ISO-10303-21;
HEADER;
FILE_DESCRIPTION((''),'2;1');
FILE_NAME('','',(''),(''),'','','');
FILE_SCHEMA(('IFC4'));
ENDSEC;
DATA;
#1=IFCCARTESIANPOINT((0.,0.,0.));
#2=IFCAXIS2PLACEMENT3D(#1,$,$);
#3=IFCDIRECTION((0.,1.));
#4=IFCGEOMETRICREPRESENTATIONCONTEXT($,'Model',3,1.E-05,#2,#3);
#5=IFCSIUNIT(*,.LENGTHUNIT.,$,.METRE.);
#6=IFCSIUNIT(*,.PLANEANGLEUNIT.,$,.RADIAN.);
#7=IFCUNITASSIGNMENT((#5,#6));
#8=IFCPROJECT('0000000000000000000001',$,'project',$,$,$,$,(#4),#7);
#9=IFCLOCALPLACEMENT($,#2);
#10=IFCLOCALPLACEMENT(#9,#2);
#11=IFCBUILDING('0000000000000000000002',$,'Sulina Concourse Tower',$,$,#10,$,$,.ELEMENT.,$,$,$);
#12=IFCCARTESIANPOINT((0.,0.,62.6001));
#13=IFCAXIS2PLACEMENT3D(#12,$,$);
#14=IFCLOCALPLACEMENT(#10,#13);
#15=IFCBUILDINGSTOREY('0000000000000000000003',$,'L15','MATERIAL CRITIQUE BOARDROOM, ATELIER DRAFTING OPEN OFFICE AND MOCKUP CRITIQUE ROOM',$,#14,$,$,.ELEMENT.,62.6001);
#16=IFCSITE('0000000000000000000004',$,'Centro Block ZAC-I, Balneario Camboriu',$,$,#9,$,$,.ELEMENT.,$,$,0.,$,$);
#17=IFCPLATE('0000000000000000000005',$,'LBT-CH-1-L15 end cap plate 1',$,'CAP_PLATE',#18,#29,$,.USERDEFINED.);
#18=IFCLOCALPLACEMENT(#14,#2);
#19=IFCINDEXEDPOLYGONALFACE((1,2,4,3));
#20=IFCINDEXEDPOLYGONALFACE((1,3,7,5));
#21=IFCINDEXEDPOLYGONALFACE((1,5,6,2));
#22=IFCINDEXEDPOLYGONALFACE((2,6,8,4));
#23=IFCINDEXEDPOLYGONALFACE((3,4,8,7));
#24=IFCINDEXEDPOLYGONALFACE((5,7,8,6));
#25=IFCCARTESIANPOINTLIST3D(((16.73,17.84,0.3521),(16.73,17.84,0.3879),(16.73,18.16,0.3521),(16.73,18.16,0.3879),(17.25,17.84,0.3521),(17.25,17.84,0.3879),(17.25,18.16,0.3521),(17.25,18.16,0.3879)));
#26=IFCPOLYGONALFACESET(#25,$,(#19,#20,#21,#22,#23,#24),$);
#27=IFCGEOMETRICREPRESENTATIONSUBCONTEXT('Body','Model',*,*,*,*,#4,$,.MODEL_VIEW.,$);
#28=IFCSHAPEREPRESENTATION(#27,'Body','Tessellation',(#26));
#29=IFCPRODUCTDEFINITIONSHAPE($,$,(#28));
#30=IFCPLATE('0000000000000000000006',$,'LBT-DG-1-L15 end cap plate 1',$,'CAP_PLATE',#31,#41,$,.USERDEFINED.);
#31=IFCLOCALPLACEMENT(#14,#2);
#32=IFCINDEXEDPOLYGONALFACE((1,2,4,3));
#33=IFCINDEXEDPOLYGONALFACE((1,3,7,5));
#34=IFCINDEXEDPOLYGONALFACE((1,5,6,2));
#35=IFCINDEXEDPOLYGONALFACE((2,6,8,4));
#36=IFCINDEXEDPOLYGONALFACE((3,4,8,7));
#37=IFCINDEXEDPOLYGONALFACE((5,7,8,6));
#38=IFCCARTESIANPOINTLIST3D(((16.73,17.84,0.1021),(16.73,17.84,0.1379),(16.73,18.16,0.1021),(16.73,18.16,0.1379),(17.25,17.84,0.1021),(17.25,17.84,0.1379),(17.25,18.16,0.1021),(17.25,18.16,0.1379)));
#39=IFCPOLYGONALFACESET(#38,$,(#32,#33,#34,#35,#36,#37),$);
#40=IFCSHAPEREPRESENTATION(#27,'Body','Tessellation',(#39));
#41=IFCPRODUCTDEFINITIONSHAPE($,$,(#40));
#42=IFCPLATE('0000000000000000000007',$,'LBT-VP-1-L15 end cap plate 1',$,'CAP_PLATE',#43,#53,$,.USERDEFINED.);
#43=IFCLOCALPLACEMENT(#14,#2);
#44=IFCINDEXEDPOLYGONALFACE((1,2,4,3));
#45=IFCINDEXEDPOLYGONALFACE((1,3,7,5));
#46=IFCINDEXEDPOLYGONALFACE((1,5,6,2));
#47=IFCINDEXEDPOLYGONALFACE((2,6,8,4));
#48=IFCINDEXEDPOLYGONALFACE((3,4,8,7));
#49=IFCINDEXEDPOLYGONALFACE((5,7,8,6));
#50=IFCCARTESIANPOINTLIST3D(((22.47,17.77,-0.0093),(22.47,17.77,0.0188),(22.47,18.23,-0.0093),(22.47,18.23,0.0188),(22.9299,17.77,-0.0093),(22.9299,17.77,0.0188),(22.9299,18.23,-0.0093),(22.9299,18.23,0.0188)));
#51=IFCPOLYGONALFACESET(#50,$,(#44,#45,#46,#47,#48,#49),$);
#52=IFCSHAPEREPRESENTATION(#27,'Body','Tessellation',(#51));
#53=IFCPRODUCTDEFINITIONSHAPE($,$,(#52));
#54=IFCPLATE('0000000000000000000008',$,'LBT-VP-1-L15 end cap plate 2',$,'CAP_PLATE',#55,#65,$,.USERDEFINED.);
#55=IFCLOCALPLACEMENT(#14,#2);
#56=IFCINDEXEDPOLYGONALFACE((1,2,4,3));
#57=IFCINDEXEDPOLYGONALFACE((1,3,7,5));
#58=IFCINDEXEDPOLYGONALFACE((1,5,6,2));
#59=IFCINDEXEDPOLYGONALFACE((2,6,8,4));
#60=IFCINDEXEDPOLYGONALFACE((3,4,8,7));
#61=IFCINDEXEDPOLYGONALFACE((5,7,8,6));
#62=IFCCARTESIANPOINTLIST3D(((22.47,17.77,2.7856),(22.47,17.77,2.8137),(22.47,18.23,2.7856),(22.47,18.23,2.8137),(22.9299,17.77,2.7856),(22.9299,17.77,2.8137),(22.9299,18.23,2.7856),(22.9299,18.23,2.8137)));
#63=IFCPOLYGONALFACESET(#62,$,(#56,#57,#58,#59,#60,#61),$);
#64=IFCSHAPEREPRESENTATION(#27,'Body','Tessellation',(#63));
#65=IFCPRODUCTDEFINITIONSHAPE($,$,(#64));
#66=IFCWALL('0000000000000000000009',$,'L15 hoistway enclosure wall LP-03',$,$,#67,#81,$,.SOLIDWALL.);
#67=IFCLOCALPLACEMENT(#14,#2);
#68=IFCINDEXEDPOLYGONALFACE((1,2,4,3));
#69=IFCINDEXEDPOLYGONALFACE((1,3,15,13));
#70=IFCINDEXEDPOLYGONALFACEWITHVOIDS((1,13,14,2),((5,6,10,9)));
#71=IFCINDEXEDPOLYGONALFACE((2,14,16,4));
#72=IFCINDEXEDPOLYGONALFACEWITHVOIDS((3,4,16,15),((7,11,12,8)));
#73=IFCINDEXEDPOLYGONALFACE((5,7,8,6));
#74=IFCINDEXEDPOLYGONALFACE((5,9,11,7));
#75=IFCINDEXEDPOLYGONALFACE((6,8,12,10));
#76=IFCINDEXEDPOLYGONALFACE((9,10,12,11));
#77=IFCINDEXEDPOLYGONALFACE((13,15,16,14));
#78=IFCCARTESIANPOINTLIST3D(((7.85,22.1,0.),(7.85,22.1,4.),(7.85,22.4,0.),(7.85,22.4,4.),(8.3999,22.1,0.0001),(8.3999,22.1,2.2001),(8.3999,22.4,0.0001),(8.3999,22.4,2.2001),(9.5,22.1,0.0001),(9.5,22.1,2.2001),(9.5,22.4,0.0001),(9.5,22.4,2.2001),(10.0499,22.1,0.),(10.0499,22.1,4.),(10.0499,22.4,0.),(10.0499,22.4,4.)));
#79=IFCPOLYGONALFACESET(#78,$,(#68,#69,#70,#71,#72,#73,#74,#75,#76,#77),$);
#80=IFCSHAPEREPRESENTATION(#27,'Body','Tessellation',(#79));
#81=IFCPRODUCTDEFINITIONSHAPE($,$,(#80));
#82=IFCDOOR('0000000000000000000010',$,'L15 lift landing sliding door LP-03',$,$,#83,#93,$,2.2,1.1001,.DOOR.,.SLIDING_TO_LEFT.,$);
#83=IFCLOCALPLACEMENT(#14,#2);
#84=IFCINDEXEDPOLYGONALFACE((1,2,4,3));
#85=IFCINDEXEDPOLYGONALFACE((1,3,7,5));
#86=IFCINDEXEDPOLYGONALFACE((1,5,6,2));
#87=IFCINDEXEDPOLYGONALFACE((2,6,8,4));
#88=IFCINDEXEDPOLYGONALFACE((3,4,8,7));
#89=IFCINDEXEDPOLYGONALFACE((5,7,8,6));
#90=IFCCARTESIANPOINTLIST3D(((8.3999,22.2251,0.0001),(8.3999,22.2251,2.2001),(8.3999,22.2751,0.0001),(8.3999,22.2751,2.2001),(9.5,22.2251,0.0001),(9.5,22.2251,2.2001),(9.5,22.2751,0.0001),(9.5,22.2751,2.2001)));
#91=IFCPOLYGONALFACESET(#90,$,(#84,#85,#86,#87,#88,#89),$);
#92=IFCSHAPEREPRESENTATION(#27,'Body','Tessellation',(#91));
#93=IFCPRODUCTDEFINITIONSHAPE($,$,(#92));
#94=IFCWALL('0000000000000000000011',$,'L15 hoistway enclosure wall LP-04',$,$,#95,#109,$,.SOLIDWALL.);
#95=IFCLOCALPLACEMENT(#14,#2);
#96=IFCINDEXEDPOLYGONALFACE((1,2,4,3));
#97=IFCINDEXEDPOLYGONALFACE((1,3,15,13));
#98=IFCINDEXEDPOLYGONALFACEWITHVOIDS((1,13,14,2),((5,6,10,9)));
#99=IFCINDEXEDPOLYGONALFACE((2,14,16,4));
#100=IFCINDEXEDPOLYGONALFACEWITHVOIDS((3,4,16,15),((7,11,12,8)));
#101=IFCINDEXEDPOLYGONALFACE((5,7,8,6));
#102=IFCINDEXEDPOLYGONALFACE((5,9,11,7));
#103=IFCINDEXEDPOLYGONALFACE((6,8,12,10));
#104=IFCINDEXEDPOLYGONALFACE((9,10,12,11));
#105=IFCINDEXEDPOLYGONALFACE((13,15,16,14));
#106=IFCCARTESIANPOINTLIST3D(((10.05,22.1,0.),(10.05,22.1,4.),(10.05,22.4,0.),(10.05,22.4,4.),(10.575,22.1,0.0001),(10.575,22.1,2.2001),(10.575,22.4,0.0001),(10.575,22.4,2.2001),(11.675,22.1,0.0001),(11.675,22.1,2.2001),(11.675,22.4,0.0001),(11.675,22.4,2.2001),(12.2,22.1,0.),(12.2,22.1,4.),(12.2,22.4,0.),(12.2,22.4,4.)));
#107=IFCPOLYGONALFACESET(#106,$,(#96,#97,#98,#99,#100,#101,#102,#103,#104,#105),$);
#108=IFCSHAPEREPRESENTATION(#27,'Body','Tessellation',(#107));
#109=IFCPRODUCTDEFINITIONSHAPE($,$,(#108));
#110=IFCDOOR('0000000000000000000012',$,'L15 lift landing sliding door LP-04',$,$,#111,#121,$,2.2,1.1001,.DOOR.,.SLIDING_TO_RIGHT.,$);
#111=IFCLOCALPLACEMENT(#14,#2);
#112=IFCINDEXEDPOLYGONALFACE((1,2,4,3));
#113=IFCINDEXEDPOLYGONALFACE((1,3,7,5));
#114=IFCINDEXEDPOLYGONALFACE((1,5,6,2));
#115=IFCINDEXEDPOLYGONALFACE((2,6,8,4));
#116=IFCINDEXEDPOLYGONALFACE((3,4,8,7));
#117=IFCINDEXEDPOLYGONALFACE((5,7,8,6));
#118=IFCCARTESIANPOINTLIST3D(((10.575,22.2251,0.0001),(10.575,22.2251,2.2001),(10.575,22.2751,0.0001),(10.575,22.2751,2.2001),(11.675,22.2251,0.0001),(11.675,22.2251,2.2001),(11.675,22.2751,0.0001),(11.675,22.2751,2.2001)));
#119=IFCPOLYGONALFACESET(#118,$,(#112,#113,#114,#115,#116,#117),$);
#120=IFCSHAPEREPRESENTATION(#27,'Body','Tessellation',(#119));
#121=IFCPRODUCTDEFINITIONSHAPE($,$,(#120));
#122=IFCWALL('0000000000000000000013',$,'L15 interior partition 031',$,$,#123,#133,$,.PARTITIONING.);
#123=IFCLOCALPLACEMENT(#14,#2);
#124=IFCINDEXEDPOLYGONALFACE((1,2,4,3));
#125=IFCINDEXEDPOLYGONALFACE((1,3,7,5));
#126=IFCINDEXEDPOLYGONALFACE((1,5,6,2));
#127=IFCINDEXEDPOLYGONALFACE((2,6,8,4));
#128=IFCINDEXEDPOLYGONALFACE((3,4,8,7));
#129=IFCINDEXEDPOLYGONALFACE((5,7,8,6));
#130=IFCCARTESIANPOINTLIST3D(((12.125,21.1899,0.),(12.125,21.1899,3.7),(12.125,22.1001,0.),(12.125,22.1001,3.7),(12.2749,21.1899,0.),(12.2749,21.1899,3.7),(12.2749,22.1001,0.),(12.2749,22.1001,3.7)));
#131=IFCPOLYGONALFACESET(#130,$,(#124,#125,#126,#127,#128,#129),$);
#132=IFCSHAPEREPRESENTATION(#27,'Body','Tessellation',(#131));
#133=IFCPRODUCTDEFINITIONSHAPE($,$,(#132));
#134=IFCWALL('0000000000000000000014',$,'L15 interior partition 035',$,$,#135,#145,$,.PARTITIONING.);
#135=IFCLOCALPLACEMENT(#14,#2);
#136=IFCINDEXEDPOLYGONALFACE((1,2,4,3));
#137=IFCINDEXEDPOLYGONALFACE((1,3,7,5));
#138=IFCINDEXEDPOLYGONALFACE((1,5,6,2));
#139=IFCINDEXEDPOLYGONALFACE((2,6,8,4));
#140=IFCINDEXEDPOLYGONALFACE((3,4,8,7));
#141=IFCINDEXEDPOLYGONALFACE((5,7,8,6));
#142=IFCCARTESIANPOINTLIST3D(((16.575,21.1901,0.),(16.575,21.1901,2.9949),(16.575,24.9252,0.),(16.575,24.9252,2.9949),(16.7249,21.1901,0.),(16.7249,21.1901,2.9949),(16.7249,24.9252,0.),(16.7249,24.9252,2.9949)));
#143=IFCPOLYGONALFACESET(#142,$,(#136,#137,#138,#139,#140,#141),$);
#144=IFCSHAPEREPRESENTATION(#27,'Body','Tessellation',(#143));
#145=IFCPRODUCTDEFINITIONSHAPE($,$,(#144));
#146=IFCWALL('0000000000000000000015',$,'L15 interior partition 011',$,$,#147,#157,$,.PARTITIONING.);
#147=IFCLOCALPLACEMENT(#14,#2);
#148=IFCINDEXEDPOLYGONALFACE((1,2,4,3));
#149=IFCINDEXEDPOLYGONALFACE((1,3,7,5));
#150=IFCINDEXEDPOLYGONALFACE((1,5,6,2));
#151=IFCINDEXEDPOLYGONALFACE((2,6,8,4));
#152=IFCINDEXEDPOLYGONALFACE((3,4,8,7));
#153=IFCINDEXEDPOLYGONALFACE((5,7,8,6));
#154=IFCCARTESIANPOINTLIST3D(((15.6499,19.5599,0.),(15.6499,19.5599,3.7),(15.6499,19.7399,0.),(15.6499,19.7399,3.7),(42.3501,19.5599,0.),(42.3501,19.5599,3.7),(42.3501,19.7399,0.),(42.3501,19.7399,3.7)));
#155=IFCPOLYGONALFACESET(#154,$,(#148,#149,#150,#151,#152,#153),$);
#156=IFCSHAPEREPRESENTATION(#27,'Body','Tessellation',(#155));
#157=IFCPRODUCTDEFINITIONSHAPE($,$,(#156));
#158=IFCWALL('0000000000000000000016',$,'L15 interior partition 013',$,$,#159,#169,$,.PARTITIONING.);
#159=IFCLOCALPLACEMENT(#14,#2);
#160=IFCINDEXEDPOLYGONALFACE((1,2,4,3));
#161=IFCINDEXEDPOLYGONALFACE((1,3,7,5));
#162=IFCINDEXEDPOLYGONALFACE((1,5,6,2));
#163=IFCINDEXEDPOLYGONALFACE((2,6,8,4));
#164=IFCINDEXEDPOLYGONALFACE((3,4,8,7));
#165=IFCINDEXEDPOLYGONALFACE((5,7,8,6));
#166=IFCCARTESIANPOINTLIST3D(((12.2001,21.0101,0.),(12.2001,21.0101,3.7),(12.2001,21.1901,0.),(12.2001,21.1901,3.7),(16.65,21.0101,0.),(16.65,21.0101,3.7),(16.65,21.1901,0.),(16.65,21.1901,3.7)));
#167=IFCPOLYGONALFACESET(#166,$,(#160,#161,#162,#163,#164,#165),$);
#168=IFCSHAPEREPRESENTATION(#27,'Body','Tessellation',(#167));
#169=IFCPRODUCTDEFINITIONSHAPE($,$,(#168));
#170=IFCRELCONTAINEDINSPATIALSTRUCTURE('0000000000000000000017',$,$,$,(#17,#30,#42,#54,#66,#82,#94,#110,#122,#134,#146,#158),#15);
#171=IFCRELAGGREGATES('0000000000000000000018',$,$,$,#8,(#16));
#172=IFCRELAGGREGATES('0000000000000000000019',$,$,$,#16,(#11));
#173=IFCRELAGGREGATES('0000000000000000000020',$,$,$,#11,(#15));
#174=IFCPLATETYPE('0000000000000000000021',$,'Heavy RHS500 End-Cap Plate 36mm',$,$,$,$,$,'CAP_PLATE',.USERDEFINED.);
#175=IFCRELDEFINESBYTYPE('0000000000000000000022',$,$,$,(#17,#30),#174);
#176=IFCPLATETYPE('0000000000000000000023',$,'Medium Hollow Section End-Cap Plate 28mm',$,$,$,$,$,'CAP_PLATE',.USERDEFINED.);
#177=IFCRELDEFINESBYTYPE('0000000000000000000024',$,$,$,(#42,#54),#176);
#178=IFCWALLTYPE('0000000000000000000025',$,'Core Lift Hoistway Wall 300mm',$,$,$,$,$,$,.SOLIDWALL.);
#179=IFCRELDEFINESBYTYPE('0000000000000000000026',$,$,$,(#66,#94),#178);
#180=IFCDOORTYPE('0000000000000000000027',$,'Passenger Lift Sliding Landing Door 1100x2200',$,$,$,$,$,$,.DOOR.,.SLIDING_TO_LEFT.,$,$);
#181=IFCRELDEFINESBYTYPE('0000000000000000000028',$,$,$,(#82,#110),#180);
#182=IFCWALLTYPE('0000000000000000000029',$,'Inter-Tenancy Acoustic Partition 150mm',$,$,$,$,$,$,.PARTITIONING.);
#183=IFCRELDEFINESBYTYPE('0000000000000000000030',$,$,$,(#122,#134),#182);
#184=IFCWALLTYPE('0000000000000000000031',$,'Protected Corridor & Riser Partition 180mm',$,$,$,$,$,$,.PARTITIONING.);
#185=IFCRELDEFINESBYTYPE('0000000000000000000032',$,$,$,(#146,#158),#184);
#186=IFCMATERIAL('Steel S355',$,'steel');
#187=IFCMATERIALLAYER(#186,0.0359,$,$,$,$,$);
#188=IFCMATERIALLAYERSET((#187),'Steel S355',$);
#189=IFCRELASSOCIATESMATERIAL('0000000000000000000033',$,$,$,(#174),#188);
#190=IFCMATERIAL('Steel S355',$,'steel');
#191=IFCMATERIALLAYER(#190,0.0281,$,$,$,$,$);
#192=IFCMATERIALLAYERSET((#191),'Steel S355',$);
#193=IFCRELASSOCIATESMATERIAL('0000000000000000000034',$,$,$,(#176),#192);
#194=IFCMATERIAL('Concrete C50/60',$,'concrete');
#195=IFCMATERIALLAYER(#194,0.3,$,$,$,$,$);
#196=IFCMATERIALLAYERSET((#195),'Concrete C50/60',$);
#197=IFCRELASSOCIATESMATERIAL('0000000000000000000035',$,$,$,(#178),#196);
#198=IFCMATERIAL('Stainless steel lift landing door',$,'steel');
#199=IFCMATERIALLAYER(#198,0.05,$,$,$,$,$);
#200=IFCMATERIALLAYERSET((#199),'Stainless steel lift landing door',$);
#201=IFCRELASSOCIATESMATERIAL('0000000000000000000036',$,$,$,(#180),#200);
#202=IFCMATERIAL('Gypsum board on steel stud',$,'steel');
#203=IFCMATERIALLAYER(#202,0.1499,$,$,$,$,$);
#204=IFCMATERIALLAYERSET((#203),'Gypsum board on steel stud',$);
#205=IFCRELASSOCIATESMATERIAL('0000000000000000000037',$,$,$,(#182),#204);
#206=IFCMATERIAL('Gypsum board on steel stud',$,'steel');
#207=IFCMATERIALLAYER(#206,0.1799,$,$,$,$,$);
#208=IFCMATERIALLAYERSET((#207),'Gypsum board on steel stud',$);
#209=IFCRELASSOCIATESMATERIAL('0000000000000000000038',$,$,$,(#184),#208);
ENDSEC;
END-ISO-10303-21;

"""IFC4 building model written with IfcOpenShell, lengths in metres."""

from ifc_helpers import new_model, si_unit, direction, frame, frame_2d, origin, origin_2d, place, context, subcontext, project, spatial, rectangle, extrude, material, layer, layer_set, type_object, element, fill, save


model = new_model("IFC4")

# Units and contexts
model_context = context("Model", 3, precision=1e-05, world=origin(), true_north=direction((0.0, 1.0)))
body_context = subcontext(model_context, "Body", "Model", "MODEL_VIEW")
ifc_project = project(units=[si_unit("LENGTHUNIT", "METRE"), si_unit("PLANEANGLEUNIT", "RADIAN")], contexts=[model_context])

# Site, building, storey
site_placement = place(None, origin())
site = spatial("IfcSite", under=ifc_project, at=site_placement, Name="Centro Block ZAC-I, Balneario Camboriu", CompositionType="ELEMENT", RefElevation=0.0)
building_placement = place(site_placement, origin())
building = spatial("IfcBuilding", under=site, at=building_placement, Name="Sulina Concourse Tower", CompositionType="ELEMENT")
storey_placement = place(building_placement, frame((0.0, 0.0, 62.6001)))
storey = spatial("IfcBuildingStorey", under=building, at=storey_placement, Name="L15", Description="MATERIAL CRITIQUE BOARDROOM, ATELIER DRAFTING OPEN OFFICE AND MOCKUP CRITIQUE ROOM", CompositionType="ELEMENT", Elevation=62.6001)

# Plates
ifc_material_1 = material(Name="Steel S355", Category="steel")
ifc_layer_1 = layer(ifc_material_1, 0.0359)
ifc_layer_set_1 = layer_set([ifc_layer_1], Name="Steel S355")
plate_type_1 = type_object("IfcPlateType", Name="Heavy RHS500 End-Cap Plate 36mm", ElementType="CAP_PLATE", PredefinedType="USERDEFINED", material=ifc_layer_set_1)
for number, where, z_axis, x_axis, name in (
    (1, (16.99, 18.0, 0.3521), (0.0, 0.0, 1.0), (1.0, 0.0, 0.0), "LBT-CH-1-L15 end cap plate 1"),
    (2, (16.99, 18.0, 0.1021), (0.0, 0.0, 1.0), (1.0, 0.0, 0.0), "LBT-DG-1-L15 end cap plate 1"),
):
    element("IfcPlate", number, at=place(storey_placement, frame(where, z_axis=z_axis, x_axis=x_axis)), inside=storey, type_object=plate_type_1, Name=name, ObjectType="CAP_PLATE", PredefinedType="USERDEFINED", context=body_context, shape_type="SweptSolid", body=[
        extrude(rectangle(XDim=0.52, YDim=0.3201, at=origin_2d()), origin(), (0.0, 0.0, 1.0), 0.0359),
    ])
ifc_material_2 = material(Name="Steel S355", Category="steel")
ifc_layer_2 = layer(ifc_material_2, 0.0281)
ifc_layer_set_2 = layer_set([ifc_layer_2], Name="Steel S355")
plate_type_2 = type_object("IfcPlateType", Name="Medium Hollow Section End-Cap Plate 28mm", ElementType="CAP_PLATE", PredefinedType="USERDEFINED", material=ifc_layer_set_2)
for number, where, z_axis, x_axis, name in (
    (3, (22.7, 18.0, -0.0093), (0.0, 0.0, 1.0), (1.0, 0.0, 0.0), "LBT-VP-1-L15 end cap plate 1"),
    (4, (22.7, 18.0, 2.7856), (0.0, 0.0, 1.0), (1.0, 0.0, 0.0), "LBT-VP-1-L15 end cap plate 2"),
):
    element("IfcPlate", number, at=place(storey_placement, frame(where, z_axis=z_axis, x_axis=x_axis)), inside=storey, type_object=plate_type_2, Name=name, ObjectType="CAP_PLATE", PredefinedType="USERDEFINED", context=body_context, shape_type="SweptSolid", body=[
        extrude(rectangle(XDim=0.46, YDim=0.46, at=origin_2d()), origin(), (0.0, 0.0, 1.0), 0.0281),
    ])

# Walls, openings, doors
ifc_material_3 = material(Name="Concrete C50/60", Category="concrete")
ifc_layer_3 = layer(ifc_material_3, 0.3)
ifc_layer_set_3 = layer_set([ifc_layer_3], Name="Concrete C50/60")
wall_type_1 = type_object("IfcWallType", Name="Core Lift Hoistway Wall 300mm", PredefinedType="SOLIDWALL", material=ifc_layer_set_3)
wall_1_placement = place(storey_placement, frame((10.05, 22.25, 0.0), z_axis=(0.0, 0.0, 1.0), x_axis=(-1.0, 0.0, 0.0)))
wall_1 = element("IfcWall", 5, at=wall_1_placement, inside=storey, type_object=wall_type_1, Name="L15 hoistway enclosure wall LP-03", PredefinedType="SOLIDWALL", context=body_context, shape_type="SweptSolid", body=[
    extrude(rectangle(XDim=2.2, YDim=0.3, at=frame_2d((1.1001, 0.0))), origin(), (0.0, 0.0, 1.0), 4.0),
])
opening_1_placement = place(wall_1_placement, frame((0.55, 0.0, 0.0)))
opening_1 = element("IfcOpeningElement", 6, at=opening_1_placement, cuts=wall_1, PredefinedType="OPENING", context=body_context, shape_type="SweptSolid", body=[
    extrude(rectangle(XDim=1.1001, YDim=2.2, at=frame_2d((0.55, 1.1001))), frame((0.0, 0.1599, 0.0), z_axis=(0.0, -1.0, 0.0), x_axis=(1.0, 0.0, 0.0)), (0.0, 0.0, 1.0), 0.3201),
])
ifc_material_4 = material(Name="Stainless steel lift landing door", Category="steel")
ifc_layer_4 = layer(ifc_material_4, 0.05)
ifc_layer_set_4 = layer_set([ifc_layer_4], Name="Stainless steel lift landing door")
door_type_1 = type_object("IfcDoorType", Name="Passenger Lift Sliding Landing Door 1100x2200", OperationType="SLIDING_TO_LEFT", PredefinedType="DOOR", material=ifc_layer_set_4)
door_1_placement = place(opening_1_placement, origin())
door_1 = element("IfcDoor", 7, at=door_1_placement, inside=storey, type_object=door_type_1, Name="L15 lift landing sliding door LP-03", OperationType="SLIDING_TO_LEFT", OverallHeight=2.2, OverallWidth=1.1001, PredefinedType="DOOR", context=body_context, shape_type="SweptSolid", body=[
    extrude(rectangle(XDim=1.1001, YDim=2.2, at=frame_2d((0.55, 1.1001))), frame((0.0, 0.0249, 0.0), z_axis=(0.0, -1.0, 0.0), x_axis=(1.0, 0.0, 0.0)), (0.0, 0.0, 1.0), 0.05),
])
fill(opening_1, door_1)
wall_2_placement = place(storey_placement, frame((12.2, 22.25, 0.0), z_axis=(0.0, 0.0, 1.0), x_axis=(-1.0, 0.0, 0.0)))
wall_2 = element("IfcWall", 8, at=wall_2_placement, inside=storey, type_object=wall_type_1, Name="L15 hoistway enclosure wall LP-04", PredefinedType="SOLIDWALL", context=body_context, shape_type="SweptSolid", body=[
    extrude(rectangle(XDim=2.1499, YDim=0.3, at=frame_2d((1.075, 0.0))), origin(), (0.0, 0.0, 1.0), 4.0),
])
opening_2_placement = place(wall_2_placement, frame((0.5249, 0.0, 0.0)))
opening_2 = element("IfcOpeningElement", 9, at=opening_2_placement, cuts=wall_2, PredefinedType="OPENING", context=body_context, shape_type="SweptSolid", body=[
    extrude(rectangle(XDim=1.1001, YDim=2.2, at=frame_2d((0.55, 1.1001))), frame((0.0, 0.1599, 0.0), z_axis=(0.0, -1.0, 0.0), x_axis=(1.0, 0.0, 0.0)), (0.0, 0.0, 1.0), 0.3201),
])
door_2_placement = place(opening_2_placement, origin())
door_2 = element("IfcDoor", 10, at=door_2_placement, inside=storey, type_object=door_type_1, Name="L15 lift landing sliding door LP-04", OperationType="SLIDING_TO_RIGHT", OverallHeight=2.2, OverallWidth=1.1001, PredefinedType="DOOR", context=body_context, shape_type="SweptSolid", body=[
    extrude(rectangle(XDim=1.1001, YDim=2.2, at=frame_2d((0.55, 1.1001))), frame((0.0, 0.0249, 0.0), z_axis=(0.0, -1.0, 0.0), x_axis=(1.0, 0.0, 0.0)), (0.0, 0.0, 1.0), 0.05),
])
fill(opening_2, door_2)

# Walls
ifc_material_5 = material(Name="Gypsum board on steel stud", Category="steel")
ifc_layer_5 = layer(ifc_material_5, 0.1499)
ifc_layer_set_5 = layer_set([ifc_layer_5], Name="Gypsum board on steel stud")
wall_type_2 = type_object("IfcWallType", Name="Inter-Tenancy Acoustic Partition 150mm", PredefinedType="PARTITIONING", material=ifc_layer_set_5)
wall_3_placement = place(storey_placement, frame((12.2, 21.1899, 0.0), z_axis=(0.0, 0.0, 1.0), x_axis=(0.0, 1.0, 0.0)))
element("IfcWall", 11, at=wall_3_placement, inside=storey, type_object=wall_type_2, Name="L15 interior partition 031", PredefinedType="PARTITIONING", context=body_context, shape_type="SweptSolid", body=[
    extrude(rectangle(XDim=0.9102, YDim=0.1499, at=frame_2d((0.4551, 0.0))), origin(), (0.0, 0.0, 1.0), 3.7),
])
wall_4_placement = place(storey_placement, frame((16.6499, 21.1899, 0.0), z_axis=(0.0, 0.0, 1.0), x_axis=(0.0, 1.0, 0.0)))
element("IfcWall", 12, at=wall_4_placement, inside=storey, type_object=wall_type_2, Name="L15 interior partition 035", PredefinedType="PARTITIONING", context=body_context, shape_type="SweptSolid", body=[
    extrude(rectangle(XDim=3.7351, YDim=0.1499, at=frame_2d((1.8677, 0.0))), origin(), (0.0, 0.0, 1.0), 2.9949),
])
ifc_material_6 = material(Name="Gypsum board on steel stud", Category="steel")
ifc_layer_6 = layer(ifc_material_6, 0.1799)
ifc_layer_set_6 = layer_set([ifc_layer_6], Name="Gypsum board on steel stud")
wall_type_3 = type_object("IfcWallType", Name="Protected Corridor & Riser Partition 180mm", PredefinedType="PARTITIONING", material=ifc_layer_set_6)
wall_5_placement = place(storey_placement, frame((15.6499, 19.6499, 0.0), z_axis=(0.0, 0.0, 1.0), x_axis=(1.0, 0.0, 0.0)))
element("IfcWall", 13, at=wall_5_placement, inside=storey, type_object=wall_type_3, Name="L15 interior partition 011", PredefinedType="PARTITIONING", context=body_context, shape_type="SweptSolid", body=[
    extrude(rectangle(XDim=26.7002, YDim=0.1799, at=frame_2d((13.3501, 0.0))), origin(), (0.0, 0.0, 1.0), 3.7),
])
wall_6_placement = place(storey_placement, frame((12.2, 21.1001, 0.0), z_axis=(0.0, 0.0, 1.0), x_axis=(1.0, 0.0, 0.0)))
element("IfcWall", 14, at=wall_6_placement, inside=storey, type_object=wall_type_3, Name="L15 interior partition 013", PredefinedType="PARTITIONING", context=body_context, shape_type="SweptSolid", body=[
    extrude(rectangle(XDim=4.45, YDim=0.1799, at=frame_2d((2.2251, 0.0))), origin(), (0.0, 0.0, 1.0), 3.7),
])

save(model, "model.ifc")
